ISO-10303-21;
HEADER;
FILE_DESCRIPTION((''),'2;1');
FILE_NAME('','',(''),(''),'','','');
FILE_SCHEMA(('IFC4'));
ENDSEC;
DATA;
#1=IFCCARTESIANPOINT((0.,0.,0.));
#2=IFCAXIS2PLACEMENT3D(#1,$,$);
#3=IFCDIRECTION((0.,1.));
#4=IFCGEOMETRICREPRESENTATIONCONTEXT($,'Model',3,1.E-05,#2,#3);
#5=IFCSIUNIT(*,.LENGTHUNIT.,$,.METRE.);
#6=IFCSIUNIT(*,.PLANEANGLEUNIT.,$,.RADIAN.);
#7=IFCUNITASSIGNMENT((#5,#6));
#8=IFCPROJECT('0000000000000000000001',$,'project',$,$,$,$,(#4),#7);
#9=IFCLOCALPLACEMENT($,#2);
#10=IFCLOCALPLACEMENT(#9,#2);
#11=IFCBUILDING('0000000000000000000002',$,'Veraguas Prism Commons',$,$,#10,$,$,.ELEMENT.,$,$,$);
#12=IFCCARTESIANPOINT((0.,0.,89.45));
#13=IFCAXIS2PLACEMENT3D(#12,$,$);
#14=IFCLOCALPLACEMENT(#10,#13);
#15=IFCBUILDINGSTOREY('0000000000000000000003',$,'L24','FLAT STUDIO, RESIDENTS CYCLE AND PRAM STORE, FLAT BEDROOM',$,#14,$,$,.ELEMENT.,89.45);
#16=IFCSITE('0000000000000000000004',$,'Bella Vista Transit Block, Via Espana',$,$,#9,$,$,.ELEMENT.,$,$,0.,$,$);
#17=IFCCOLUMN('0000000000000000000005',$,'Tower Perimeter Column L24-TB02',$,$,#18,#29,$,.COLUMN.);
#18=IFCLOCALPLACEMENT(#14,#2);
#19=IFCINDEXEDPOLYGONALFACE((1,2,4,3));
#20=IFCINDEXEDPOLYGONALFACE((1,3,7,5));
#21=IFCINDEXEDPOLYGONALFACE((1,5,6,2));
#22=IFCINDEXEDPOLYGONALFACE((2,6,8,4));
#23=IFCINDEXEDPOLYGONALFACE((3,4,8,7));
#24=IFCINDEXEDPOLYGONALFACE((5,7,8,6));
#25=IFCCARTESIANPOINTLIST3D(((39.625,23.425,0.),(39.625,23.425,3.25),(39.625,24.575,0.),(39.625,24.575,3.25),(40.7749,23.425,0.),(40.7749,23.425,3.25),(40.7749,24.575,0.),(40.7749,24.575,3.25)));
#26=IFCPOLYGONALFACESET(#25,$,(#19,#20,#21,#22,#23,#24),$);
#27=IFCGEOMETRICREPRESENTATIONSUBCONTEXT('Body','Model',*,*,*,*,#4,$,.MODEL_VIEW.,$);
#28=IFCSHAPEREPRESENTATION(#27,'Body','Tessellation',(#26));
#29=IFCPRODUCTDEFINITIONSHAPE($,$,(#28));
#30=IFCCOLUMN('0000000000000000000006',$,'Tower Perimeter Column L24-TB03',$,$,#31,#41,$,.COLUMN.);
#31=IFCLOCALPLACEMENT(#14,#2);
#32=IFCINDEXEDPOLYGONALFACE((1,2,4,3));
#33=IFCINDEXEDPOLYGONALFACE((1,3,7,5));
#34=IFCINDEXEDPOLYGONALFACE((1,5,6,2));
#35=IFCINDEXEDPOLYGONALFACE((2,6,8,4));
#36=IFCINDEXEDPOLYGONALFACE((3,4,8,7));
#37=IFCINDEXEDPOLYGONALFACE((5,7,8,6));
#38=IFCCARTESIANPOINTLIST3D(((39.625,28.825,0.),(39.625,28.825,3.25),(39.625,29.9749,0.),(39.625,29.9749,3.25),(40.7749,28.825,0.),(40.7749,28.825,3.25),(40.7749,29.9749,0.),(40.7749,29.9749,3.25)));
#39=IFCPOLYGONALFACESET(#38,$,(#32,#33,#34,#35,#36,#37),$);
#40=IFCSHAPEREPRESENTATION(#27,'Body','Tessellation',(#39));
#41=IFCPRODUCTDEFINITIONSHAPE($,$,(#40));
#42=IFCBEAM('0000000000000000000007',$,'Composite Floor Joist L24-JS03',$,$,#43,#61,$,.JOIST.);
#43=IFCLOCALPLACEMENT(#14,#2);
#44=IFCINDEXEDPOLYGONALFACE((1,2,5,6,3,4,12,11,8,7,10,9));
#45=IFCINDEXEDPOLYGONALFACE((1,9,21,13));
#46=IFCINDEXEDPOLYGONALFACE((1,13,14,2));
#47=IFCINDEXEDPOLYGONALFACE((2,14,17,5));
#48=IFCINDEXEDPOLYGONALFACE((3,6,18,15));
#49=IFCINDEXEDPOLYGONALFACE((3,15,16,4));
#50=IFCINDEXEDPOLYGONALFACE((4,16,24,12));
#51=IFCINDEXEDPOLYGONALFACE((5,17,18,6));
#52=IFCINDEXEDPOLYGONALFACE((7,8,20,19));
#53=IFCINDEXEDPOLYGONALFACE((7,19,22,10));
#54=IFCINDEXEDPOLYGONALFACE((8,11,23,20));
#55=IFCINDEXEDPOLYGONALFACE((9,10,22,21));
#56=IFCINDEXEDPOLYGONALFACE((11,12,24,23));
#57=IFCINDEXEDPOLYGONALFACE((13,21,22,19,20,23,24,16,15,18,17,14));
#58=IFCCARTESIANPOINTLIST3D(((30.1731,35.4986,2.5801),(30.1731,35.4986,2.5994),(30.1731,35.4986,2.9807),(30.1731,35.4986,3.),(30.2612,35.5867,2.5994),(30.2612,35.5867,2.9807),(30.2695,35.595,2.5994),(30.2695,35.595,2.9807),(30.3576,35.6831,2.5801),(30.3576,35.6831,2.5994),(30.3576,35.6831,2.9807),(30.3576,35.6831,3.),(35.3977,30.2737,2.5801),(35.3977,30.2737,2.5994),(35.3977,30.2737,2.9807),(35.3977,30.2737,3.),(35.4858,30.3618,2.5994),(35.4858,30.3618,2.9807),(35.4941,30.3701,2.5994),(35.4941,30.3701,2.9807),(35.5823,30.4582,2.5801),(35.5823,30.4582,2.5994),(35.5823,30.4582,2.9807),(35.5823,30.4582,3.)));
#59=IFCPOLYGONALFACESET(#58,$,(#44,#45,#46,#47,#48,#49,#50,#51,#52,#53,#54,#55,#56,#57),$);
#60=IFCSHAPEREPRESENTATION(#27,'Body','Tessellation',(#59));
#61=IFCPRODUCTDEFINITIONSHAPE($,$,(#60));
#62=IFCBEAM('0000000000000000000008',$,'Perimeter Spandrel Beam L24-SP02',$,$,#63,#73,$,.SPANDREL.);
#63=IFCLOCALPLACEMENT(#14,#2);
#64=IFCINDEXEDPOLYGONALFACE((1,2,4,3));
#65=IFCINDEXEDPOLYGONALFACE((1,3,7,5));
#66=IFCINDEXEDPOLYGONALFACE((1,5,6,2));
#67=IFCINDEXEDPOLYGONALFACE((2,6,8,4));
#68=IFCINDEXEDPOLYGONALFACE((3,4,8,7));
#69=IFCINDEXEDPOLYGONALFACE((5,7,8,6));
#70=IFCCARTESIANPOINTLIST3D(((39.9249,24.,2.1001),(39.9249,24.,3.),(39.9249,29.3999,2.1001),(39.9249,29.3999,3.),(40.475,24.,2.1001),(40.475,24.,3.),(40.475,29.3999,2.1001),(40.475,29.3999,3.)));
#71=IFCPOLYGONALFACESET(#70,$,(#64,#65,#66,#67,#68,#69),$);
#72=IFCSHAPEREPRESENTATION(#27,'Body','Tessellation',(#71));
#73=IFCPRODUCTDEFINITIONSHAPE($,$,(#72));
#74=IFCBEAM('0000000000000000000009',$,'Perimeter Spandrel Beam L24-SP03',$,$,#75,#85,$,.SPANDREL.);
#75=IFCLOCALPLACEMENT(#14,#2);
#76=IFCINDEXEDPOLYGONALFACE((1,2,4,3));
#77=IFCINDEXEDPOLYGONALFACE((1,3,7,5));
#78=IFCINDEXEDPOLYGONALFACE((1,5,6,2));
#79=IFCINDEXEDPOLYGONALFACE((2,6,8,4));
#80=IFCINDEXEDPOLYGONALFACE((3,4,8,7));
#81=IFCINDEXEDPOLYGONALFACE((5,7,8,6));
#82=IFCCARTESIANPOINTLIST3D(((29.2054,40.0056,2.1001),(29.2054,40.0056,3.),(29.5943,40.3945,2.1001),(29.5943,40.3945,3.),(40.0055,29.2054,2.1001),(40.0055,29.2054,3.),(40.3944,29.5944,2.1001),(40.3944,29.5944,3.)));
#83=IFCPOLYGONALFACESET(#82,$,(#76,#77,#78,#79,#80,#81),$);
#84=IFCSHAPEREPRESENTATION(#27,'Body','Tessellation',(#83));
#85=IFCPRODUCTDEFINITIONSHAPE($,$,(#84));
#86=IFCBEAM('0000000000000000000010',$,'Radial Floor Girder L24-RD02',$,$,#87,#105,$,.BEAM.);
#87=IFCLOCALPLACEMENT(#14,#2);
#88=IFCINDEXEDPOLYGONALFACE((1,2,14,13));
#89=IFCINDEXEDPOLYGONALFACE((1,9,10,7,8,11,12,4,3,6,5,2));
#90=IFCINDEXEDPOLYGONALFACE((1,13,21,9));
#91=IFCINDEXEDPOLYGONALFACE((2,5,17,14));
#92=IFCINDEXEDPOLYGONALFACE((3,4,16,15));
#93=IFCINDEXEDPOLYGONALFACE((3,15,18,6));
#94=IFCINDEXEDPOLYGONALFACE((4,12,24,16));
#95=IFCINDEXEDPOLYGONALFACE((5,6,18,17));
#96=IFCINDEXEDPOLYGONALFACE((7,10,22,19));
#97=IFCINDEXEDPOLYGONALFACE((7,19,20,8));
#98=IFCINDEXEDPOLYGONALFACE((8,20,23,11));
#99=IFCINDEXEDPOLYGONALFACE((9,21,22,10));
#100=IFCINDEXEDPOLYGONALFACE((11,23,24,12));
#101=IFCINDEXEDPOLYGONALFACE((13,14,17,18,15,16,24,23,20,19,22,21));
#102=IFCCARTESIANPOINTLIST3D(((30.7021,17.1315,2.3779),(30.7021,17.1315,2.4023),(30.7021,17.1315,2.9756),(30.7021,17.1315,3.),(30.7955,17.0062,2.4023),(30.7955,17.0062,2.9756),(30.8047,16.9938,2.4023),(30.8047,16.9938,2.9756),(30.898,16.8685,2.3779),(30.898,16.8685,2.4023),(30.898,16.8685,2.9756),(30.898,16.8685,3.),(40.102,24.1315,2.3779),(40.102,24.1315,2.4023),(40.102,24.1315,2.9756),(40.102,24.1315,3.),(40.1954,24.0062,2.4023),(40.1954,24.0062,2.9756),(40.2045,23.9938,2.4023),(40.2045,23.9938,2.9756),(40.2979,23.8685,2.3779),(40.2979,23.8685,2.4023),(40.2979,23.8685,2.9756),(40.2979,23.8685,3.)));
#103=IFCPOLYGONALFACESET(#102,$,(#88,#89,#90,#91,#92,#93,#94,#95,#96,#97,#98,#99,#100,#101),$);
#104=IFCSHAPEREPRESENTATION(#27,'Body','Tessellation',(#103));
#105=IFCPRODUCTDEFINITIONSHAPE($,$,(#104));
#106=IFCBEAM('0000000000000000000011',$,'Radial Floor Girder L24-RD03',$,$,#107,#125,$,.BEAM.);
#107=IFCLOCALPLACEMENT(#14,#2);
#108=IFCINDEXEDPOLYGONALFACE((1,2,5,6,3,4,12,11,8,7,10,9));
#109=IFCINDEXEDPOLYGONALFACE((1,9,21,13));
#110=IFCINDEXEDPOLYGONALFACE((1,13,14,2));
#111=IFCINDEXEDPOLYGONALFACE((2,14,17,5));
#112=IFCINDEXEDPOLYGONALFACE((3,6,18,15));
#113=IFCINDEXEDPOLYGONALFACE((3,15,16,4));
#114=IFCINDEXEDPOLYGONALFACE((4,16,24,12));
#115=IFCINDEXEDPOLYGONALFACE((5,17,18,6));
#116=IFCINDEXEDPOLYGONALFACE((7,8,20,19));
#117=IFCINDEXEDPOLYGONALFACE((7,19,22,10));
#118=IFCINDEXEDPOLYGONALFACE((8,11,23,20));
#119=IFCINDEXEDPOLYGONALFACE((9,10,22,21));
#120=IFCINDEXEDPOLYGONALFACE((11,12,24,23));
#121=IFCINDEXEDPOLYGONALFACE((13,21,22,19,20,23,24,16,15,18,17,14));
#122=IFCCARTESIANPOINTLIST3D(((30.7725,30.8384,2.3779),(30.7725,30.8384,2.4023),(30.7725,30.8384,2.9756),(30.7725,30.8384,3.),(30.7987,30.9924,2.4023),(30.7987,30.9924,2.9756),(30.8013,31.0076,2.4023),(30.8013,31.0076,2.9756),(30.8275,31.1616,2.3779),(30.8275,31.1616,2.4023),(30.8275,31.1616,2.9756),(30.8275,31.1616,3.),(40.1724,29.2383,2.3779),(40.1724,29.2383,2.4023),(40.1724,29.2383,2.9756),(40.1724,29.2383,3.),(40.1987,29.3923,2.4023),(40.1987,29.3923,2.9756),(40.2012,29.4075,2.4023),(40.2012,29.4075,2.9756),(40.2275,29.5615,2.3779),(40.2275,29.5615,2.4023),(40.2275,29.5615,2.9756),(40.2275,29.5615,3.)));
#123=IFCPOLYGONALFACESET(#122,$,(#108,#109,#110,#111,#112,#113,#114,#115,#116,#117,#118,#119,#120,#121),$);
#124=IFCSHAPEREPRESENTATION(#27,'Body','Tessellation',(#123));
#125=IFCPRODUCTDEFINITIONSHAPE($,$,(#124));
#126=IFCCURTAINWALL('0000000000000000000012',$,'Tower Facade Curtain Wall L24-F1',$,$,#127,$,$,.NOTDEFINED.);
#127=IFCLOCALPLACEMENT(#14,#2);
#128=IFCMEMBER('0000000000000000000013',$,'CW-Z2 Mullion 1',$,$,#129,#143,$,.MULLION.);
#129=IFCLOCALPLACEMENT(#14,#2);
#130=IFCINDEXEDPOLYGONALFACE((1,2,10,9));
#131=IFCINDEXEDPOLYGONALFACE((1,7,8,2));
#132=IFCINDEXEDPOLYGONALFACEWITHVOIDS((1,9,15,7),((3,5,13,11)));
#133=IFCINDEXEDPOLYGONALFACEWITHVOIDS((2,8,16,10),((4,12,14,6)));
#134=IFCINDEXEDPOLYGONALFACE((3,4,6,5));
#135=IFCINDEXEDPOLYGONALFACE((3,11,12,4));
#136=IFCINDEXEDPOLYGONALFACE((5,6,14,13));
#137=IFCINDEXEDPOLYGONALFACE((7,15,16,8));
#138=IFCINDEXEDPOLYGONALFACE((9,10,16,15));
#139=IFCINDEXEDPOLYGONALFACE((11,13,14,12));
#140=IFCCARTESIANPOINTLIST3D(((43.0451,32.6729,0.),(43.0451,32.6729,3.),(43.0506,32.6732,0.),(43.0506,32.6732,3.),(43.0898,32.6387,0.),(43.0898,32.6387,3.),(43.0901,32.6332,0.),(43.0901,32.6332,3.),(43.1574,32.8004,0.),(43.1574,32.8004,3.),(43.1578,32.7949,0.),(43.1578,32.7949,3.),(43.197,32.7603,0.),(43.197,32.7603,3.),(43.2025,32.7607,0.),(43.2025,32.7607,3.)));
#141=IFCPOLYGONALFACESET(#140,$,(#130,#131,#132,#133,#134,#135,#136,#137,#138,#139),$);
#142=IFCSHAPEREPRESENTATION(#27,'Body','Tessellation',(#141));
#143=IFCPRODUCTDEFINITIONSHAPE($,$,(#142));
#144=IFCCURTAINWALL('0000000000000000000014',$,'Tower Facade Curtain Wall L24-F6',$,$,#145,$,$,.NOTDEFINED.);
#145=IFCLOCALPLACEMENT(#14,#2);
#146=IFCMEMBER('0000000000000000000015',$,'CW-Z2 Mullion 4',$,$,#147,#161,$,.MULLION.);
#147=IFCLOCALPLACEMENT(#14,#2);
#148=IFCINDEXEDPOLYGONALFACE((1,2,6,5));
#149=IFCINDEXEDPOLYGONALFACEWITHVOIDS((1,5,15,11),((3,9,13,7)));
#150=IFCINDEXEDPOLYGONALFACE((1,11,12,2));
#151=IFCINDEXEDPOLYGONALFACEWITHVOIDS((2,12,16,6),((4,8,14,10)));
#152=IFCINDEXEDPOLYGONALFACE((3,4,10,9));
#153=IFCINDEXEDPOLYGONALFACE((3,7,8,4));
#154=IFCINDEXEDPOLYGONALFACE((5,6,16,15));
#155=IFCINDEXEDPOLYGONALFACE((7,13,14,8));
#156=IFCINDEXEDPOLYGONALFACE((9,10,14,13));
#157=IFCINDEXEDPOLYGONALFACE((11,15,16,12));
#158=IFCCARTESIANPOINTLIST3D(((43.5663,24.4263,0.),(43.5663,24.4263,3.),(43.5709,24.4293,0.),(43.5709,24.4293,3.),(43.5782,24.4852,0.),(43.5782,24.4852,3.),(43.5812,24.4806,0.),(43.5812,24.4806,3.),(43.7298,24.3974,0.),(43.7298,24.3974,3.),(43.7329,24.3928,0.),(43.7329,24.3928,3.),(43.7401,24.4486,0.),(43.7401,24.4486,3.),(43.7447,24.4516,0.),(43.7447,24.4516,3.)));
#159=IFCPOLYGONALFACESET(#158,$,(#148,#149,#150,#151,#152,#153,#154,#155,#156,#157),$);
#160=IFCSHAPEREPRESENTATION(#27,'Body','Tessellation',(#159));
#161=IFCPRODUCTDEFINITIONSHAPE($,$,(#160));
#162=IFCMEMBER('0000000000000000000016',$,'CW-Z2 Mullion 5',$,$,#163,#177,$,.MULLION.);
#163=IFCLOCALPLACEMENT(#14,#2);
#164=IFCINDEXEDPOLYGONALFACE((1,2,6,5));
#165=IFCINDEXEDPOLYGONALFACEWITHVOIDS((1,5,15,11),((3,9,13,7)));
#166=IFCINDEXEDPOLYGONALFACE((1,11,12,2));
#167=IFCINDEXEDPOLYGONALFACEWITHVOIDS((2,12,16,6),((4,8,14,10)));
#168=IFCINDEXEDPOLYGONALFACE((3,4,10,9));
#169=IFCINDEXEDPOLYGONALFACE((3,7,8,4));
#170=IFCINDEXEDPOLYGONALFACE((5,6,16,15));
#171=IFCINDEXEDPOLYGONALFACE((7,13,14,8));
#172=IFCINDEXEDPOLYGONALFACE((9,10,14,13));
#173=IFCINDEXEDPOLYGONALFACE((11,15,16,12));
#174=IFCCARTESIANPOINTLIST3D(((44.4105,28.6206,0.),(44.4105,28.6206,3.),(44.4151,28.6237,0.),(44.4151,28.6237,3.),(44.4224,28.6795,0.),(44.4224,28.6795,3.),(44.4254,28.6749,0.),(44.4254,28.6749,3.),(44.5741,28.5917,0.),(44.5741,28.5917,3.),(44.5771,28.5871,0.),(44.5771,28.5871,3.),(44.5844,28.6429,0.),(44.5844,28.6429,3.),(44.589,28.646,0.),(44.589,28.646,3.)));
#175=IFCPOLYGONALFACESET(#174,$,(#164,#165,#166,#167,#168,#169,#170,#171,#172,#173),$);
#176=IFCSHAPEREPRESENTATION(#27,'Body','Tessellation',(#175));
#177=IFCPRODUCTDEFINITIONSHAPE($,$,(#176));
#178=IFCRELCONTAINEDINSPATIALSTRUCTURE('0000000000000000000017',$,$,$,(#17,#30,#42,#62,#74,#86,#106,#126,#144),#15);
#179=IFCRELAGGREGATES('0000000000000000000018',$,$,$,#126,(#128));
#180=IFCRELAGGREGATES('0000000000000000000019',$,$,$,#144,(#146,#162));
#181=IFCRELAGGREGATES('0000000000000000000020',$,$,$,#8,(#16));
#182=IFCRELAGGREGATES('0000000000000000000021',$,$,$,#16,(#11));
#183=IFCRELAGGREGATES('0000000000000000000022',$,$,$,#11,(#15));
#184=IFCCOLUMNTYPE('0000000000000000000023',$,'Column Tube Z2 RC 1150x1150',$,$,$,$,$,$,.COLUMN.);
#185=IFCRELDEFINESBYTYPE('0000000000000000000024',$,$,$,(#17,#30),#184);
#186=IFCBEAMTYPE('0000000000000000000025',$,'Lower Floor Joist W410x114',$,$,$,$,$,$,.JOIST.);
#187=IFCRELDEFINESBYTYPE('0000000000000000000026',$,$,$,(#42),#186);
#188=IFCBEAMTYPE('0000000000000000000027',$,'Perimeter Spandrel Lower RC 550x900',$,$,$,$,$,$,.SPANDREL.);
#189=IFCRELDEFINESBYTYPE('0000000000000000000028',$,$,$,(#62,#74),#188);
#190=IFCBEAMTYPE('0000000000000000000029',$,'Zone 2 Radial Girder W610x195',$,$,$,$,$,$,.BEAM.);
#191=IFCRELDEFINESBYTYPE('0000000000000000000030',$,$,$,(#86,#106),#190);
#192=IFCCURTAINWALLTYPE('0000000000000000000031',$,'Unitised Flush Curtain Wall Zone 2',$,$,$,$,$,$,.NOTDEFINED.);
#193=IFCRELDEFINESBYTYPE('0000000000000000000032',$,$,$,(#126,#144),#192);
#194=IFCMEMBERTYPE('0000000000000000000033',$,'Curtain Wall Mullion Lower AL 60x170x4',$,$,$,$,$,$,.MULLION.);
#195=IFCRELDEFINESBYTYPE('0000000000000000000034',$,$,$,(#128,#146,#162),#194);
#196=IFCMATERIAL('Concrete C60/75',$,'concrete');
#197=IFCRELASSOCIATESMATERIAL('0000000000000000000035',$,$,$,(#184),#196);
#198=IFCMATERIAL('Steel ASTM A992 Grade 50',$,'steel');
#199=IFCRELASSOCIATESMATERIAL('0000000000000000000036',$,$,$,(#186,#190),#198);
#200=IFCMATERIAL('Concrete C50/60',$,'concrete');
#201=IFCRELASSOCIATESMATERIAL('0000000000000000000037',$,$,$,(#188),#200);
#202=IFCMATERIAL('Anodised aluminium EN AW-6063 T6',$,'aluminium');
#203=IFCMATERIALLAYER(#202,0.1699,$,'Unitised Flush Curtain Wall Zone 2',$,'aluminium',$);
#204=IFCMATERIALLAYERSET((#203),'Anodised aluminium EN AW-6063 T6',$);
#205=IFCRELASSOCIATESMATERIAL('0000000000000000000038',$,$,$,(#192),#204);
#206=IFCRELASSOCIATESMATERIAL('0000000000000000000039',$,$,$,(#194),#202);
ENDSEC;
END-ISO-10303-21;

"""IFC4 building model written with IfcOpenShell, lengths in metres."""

from ifc_helpers import new_model, si_unit, direction, frame, origin, origin_2d, place, context, subcontext, project, spatial, rectangle, hollow_rectangle, i_section, extrude, source, transform, mapped, material, layer, layer_set, material_profile, profile_set, type_object, element, aggregate, save


model = new_model("IFC4")

# Units and contexts
model_context = context("Model", 3, precision=1e-05, world=origin(), true_north=direction((0.0, 1.0)))
body_context = subcontext(model_context, "Body", "Model", "MODEL_VIEW")
ifc_project = project(units=[si_unit("LENGTHUNIT", "METRE"), si_unit("PLANEANGLEUNIT", "RADIAN")], contexts=[model_context])

# Site, building, storey
site_placement = place(None, origin())
site = spatial("IfcSite", under=ifc_project, at=site_placement, Name="Bella Vista Transit Block, Via Espana", CompositionType="ELEMENT", RefElevation=0.0)
building_placement = place(site_placement, origin())
building = spatial("IfcBuilding", under=site, at=building_placement, Name="Veraguas Prism Commons", CompositionType="ELEMENT")
storey_placement = place(building_placement, frame((0.0, 0.0, 89.45)))
storey = spatial("IfcBuildingStorey", under=building, at=storey_placement, Name="L24", Description="FLAT STUDIO, RESIDENTS CYCLE AND PRAM STORE, FLAT BEDROOM", CompositionType="ELEMENT", Elevation=89.45)

# Columns
ifc_material_1 = material(Name="Concrete C60/75", Category="concrete")
ifc_material_profile_1 = material_profile(ifc_material_1, rectangle(XDim=1.1499, YDim=1.1499, at=origin_2d()), Name="RC1150X1150")
ifc_profile_set_1 = profile_set([ifc_material_profile_1], Name="Concrete C60/75")
column_type = type_object("IfcColumnType", Name="Column Tube Z2 RC 1150x1150", PredefinedType="COLUMN", material=ifc_profile_set_1)
for number, where, z_axis, x_axis, name in (
    (1, (40.2, 24.0, 0.0), (0.0, 0.0, 1.0), (1.0, 0.0, 0.0), "Tower Perimeter Column L24-TB02"),
    (2, (40.2, 29.3999, 0.0), (0.0, 0.0, 1.0), (1.0, 0.0, 0.0), "Tower Perimeter Column L24-TB03"),
):
    element("IfcColumn", number, at=place(storey_placement, frame(where, z_axis=z_axis, x_axis=x_axis)), inside=storey, type_object=column_type, Name=name, PredefinedType="COLUMN", context=body_context, shape_type="SweptSolid", body=[
        extrude(rectangle(XDim=1.1499, YDim=1.1499, at=origin_2d()), origin(), (0.0, 0.0, 1.0), 3.25),
    ])

# Beams
ifc_material_2 = material(Name="Steel ASTM A992 Grade 50", Category="steel")
ifc_material_profile_2 = material_profile(ifc_material_2, i_section(OverallWidth=0.261, OverallDepth=0.4199, WebThickness=0.0117, FlangeThickness=0.0193, at=origin_2d()), Name="W410X114")
ifc_profile_set_2 = profile_set([ifc_material_profile_2], Name="Steel ASTM A992 Grade 50")
beam_type_1 = type_object("IfcBeamType", Name="Lower Floor Joist W410x114", PredefinedType="JOIST", material=ifc_profile_set_2)
beam_1_placement = place(storey_placement, frame((35.49, 30.366, 2.79), z_axis=(-0.70709, 0.707123, 0.0), x_axis=(-0.707123, -0.70709, 0.0)))
element("IfcBeam", 3, at=beam_1_placement, inside=storey, type_object=beam_type_1, Name="Composite Floor Joist L24-JS03", PredefinedType="JOIST", context=body_context, shape_type="SweptSolid", body=[
    extrude(i_section(OverallWidth=0.261, OverallDepth=0.4199, WebThickness=0.0117, FlangeThickness=0.0193, at=origin_2d()), origin(), (0.0, 0.0, 1.0), 7.3889),
])
ifc_material_3 = material(Name="Concrete C50/60", Category="concrete")
ifc_material_profile_3 = material_profile(ifc_material_3, rectangle(XDim=0.55, YDim=0.8999, at=origin_2d()), Name="RC550X900")
ifc_profile_set_3 = profile_set([ifc_material_profile_3], Name="Concrete C50/60")
beam_type_2 = type_object("IfcBeamType", Name="Perimeter Spandrel Lower RC 550x900", PredefinedType="SPANDREL", material=ifc_profile_set_3)
beam_2_placement = place(storey_placement, frame((40.2, 24.0, 2.55), z_axis=(0.0, 1.0, 0.0), x_axis=(-1.0, 0.0, 0.0)))
element("IfcBeam", 4, at=beam_2_placement, inside=storey, type_object=beam_type_2, Name="Perimeter Spandrel Beam L24-SP02", PredefinedType="SPANDREL", context=body_context, shape_type="SweptSolid", body=[
    extrude(rectangle(XDim=0.55, YDim=0.8999, at=origin_2d()), origin(), (0.0, 0.0, 1.0), 5.3999),
])
beam_3_placement = place(storey_placement, frame((40.2, 29.3999, 2.55), z_axis=(-0.707107, 0.707107, 0.0), x_axis=(-0.707107, -0.707107, 0.0)))
element("IfcBeam", 5, at=beam_3_placement, inside=storey, type_object=beam_type_2, Name="Perimeter Spandrel Beam L24-SP03", PredefinedType="SPANDREL", context=body_context, shape_type="SweptSolid", body=[
    extrude(rectangle(XDim=0.55, YDim=0.8999, at=origin_2d()), origin(), (0.0, 0.0, 1.0), 15.2737),
])
ifc_material_profile_4 = material_profile(ifc_material_2, i_section(OverallWidth=0.3279, OverallDepth=0.6221, WebThickness=0.0154, FlangeThickness=0.0244, at=origin_2d()), Name="W610X195")
ifc_profile_set_4 = profile_set([ifc_material_profile_4], Name="Steel ASTM A992 Grade 50")
beam_type_3 = type_object("IfcBeamType", Name="Zone 2 Radial Girder W610x195", PredefinedType="BEAM", material=ifc_profile_set_4)
beam_4_placement = place(storey_placement, frame((40.2, 24.0, 2.689), z_axis=(-0.80204, -0.59727, 0.0), x_axis=(0.59727, -0.80204, 0.0)))
element("IfcBeam", 6, at=beam_4_placement, inside=storey, type_object=beam_type_3, Name="Radial Floor Girder L24-RD02", PredefinedType="BEAM", context=body_context, shape_type="SweptSolid", body=[
    extrude(i_section(OverallWidth=0.3279, OverallDepth=0.6221, WebThickness=0.0154, FlangeThickness=0.0244, at=origin_2d()), origin(), (0.0, 0.0, 1.0), 11.72),
])
beam_5_placement = place(storey_placement, frame((40.2, 29.3999, 2.689), z_axis=(-0.985819, 0.167811, 0.0), x_axis=(-0.167811, -0.985819, 0.0)))
element("IfcBeam", 7, at=beam_5_placement, inside=storey, type_object=beam_type_3, Name="Radial Floor Girder L24-RD03", PredefinedType="BEAM", context=body_context, shape_type="SweptSolid", body=[
    extrude(i_section(OverallWidth=0.3279, OverallDepth=0.6221, WebThickness=0.0154, FlangeThickness=0.0244, at=origin_2d()), origin(), (0.0, 0.0, 1.0), 9.5352),
])

# Curtain wall, member
ifc_material_4 = material(Name="Anodised aluminium EN AW-6063 T6", Category="aluminium")
ifc_layer_1 = layer(ifc_material_4, 0.1699, Name="Unitised Flush Curtain Wall Zone 2", Category="aluminium")
ifc_layer_set_1 = layer_set([ifc_layer_1], Name="Anodised aluminium EN AW-6063 T6")
curtain_wall_type = type_object("IfcCurtainWallType", Name="Unitised Flush Curtain Wall Zone 2", PredefinedType="NOTDEFINED", material=ifc_layer_set_1)
curtain_wall_1_placement = place(storey_placement, origin())
curtain_wall_1 = element("IfcCurtainWall", 8, at=curtain_wall_1_placement, inside=storey, type_object=curtain_wall_type, Name="Tower Facade Curtain Wall L24-F1", PredefinedType="NOTDEFINED")
ifc_material_profile_5 = material_profile(ifc_material_4, hollow_rectangle(XDim=0.0601, YDim=0.1699, WallThickness=0.0039, at=origin_2d()), Name="AL60X170X4")
ifc_profile_set_5 = profile_set([ifc_material_profile_5], Name="Anodised aluminium EN AW-6063 T6")
member_type = type_object("IfcMemberType", Name="Curtain Wall Mullion Lower AL 60x170x4", PredefinedType="MULLION", material=ifc_profile_set_5)
shared_shape_1 = source(origin(), body_context, "Body", "SweptSolid", [
    extrude(hollow_rectangle(XDim=0.0601, YDim=0.1699, WallThickness=0.0039, at=origin_2d()), origin(), (0.0, 0.0, 1.0), 3.0),
])
member_1_placement = place(storey_placement, frame((43.1238, 32.7168, 0.0), z_axis=(0.0, 0.0, 1.0), x_axis=(-0.750342, 0.66105, 0.0)))
member_1 = element("IfcMember", 9, at=member_1_placement, type_object=member_type, Name="CW-Z2 Mullion 1", PredefinedType="MULLION", context=body_context, shape_type="MappedRepresentation", body=[
    mapped(shared_shape_1, transform((0.0, 0.0, 0.0), scale=1.0)),
])
aggregate(curtain_wall_1, [member_1])

# Curtain wall, members
curtain_wall_2_placement = place(storey_placement, origin())
curtain_wall_2 = element("IfcCurtainWall", 10, at=curtain_wall_2_placement, inside=storey, type_object=curtain_wall_type, Name="Tower Facade Curtain Wall L24-F6", PredefinedType="NOTDEFINED")
member_2_placement = place(storey_placement, frame((43.6555, 24.439, 0.0), z_axis=(0.0, 0.0, 1.0), x_axis=(0.19732, 0.980339, 0.0)))
member_2 = element("IfcMember", 11, at=member_2_placement, type_object=member_type, Name="CW-Z2 Mullion 4", PredefinedType="MULLION", context=body_context, shape_type="MappedRepresentation", body=[
    mapped(shared_shape_1, transform((0.0, 0.0, 0.0), scale=1.0)),
])
member_3_placement = place(storey_placement, frame((44.4998, 28.6333, 0.0), z_axis=(0.0, 0.0, 1.0), x_axis=(0.19732, 0.980339, 0.0)))
member_3 = element("IfcMember", 12, at=member_3_placement, type_object=member_type, Name="CW-Z2 Mullion 5", PredefinedType="MULLION", context=body_context, shape_type="MappedRepresentation", body=[
    mapped(shared_shape_1, transform((0.0, 0.0, 0.0), scale=1.0)),
])
aggregate(curtain_wall_2, [member_2, member_3])

save(model, "model.ifc")
